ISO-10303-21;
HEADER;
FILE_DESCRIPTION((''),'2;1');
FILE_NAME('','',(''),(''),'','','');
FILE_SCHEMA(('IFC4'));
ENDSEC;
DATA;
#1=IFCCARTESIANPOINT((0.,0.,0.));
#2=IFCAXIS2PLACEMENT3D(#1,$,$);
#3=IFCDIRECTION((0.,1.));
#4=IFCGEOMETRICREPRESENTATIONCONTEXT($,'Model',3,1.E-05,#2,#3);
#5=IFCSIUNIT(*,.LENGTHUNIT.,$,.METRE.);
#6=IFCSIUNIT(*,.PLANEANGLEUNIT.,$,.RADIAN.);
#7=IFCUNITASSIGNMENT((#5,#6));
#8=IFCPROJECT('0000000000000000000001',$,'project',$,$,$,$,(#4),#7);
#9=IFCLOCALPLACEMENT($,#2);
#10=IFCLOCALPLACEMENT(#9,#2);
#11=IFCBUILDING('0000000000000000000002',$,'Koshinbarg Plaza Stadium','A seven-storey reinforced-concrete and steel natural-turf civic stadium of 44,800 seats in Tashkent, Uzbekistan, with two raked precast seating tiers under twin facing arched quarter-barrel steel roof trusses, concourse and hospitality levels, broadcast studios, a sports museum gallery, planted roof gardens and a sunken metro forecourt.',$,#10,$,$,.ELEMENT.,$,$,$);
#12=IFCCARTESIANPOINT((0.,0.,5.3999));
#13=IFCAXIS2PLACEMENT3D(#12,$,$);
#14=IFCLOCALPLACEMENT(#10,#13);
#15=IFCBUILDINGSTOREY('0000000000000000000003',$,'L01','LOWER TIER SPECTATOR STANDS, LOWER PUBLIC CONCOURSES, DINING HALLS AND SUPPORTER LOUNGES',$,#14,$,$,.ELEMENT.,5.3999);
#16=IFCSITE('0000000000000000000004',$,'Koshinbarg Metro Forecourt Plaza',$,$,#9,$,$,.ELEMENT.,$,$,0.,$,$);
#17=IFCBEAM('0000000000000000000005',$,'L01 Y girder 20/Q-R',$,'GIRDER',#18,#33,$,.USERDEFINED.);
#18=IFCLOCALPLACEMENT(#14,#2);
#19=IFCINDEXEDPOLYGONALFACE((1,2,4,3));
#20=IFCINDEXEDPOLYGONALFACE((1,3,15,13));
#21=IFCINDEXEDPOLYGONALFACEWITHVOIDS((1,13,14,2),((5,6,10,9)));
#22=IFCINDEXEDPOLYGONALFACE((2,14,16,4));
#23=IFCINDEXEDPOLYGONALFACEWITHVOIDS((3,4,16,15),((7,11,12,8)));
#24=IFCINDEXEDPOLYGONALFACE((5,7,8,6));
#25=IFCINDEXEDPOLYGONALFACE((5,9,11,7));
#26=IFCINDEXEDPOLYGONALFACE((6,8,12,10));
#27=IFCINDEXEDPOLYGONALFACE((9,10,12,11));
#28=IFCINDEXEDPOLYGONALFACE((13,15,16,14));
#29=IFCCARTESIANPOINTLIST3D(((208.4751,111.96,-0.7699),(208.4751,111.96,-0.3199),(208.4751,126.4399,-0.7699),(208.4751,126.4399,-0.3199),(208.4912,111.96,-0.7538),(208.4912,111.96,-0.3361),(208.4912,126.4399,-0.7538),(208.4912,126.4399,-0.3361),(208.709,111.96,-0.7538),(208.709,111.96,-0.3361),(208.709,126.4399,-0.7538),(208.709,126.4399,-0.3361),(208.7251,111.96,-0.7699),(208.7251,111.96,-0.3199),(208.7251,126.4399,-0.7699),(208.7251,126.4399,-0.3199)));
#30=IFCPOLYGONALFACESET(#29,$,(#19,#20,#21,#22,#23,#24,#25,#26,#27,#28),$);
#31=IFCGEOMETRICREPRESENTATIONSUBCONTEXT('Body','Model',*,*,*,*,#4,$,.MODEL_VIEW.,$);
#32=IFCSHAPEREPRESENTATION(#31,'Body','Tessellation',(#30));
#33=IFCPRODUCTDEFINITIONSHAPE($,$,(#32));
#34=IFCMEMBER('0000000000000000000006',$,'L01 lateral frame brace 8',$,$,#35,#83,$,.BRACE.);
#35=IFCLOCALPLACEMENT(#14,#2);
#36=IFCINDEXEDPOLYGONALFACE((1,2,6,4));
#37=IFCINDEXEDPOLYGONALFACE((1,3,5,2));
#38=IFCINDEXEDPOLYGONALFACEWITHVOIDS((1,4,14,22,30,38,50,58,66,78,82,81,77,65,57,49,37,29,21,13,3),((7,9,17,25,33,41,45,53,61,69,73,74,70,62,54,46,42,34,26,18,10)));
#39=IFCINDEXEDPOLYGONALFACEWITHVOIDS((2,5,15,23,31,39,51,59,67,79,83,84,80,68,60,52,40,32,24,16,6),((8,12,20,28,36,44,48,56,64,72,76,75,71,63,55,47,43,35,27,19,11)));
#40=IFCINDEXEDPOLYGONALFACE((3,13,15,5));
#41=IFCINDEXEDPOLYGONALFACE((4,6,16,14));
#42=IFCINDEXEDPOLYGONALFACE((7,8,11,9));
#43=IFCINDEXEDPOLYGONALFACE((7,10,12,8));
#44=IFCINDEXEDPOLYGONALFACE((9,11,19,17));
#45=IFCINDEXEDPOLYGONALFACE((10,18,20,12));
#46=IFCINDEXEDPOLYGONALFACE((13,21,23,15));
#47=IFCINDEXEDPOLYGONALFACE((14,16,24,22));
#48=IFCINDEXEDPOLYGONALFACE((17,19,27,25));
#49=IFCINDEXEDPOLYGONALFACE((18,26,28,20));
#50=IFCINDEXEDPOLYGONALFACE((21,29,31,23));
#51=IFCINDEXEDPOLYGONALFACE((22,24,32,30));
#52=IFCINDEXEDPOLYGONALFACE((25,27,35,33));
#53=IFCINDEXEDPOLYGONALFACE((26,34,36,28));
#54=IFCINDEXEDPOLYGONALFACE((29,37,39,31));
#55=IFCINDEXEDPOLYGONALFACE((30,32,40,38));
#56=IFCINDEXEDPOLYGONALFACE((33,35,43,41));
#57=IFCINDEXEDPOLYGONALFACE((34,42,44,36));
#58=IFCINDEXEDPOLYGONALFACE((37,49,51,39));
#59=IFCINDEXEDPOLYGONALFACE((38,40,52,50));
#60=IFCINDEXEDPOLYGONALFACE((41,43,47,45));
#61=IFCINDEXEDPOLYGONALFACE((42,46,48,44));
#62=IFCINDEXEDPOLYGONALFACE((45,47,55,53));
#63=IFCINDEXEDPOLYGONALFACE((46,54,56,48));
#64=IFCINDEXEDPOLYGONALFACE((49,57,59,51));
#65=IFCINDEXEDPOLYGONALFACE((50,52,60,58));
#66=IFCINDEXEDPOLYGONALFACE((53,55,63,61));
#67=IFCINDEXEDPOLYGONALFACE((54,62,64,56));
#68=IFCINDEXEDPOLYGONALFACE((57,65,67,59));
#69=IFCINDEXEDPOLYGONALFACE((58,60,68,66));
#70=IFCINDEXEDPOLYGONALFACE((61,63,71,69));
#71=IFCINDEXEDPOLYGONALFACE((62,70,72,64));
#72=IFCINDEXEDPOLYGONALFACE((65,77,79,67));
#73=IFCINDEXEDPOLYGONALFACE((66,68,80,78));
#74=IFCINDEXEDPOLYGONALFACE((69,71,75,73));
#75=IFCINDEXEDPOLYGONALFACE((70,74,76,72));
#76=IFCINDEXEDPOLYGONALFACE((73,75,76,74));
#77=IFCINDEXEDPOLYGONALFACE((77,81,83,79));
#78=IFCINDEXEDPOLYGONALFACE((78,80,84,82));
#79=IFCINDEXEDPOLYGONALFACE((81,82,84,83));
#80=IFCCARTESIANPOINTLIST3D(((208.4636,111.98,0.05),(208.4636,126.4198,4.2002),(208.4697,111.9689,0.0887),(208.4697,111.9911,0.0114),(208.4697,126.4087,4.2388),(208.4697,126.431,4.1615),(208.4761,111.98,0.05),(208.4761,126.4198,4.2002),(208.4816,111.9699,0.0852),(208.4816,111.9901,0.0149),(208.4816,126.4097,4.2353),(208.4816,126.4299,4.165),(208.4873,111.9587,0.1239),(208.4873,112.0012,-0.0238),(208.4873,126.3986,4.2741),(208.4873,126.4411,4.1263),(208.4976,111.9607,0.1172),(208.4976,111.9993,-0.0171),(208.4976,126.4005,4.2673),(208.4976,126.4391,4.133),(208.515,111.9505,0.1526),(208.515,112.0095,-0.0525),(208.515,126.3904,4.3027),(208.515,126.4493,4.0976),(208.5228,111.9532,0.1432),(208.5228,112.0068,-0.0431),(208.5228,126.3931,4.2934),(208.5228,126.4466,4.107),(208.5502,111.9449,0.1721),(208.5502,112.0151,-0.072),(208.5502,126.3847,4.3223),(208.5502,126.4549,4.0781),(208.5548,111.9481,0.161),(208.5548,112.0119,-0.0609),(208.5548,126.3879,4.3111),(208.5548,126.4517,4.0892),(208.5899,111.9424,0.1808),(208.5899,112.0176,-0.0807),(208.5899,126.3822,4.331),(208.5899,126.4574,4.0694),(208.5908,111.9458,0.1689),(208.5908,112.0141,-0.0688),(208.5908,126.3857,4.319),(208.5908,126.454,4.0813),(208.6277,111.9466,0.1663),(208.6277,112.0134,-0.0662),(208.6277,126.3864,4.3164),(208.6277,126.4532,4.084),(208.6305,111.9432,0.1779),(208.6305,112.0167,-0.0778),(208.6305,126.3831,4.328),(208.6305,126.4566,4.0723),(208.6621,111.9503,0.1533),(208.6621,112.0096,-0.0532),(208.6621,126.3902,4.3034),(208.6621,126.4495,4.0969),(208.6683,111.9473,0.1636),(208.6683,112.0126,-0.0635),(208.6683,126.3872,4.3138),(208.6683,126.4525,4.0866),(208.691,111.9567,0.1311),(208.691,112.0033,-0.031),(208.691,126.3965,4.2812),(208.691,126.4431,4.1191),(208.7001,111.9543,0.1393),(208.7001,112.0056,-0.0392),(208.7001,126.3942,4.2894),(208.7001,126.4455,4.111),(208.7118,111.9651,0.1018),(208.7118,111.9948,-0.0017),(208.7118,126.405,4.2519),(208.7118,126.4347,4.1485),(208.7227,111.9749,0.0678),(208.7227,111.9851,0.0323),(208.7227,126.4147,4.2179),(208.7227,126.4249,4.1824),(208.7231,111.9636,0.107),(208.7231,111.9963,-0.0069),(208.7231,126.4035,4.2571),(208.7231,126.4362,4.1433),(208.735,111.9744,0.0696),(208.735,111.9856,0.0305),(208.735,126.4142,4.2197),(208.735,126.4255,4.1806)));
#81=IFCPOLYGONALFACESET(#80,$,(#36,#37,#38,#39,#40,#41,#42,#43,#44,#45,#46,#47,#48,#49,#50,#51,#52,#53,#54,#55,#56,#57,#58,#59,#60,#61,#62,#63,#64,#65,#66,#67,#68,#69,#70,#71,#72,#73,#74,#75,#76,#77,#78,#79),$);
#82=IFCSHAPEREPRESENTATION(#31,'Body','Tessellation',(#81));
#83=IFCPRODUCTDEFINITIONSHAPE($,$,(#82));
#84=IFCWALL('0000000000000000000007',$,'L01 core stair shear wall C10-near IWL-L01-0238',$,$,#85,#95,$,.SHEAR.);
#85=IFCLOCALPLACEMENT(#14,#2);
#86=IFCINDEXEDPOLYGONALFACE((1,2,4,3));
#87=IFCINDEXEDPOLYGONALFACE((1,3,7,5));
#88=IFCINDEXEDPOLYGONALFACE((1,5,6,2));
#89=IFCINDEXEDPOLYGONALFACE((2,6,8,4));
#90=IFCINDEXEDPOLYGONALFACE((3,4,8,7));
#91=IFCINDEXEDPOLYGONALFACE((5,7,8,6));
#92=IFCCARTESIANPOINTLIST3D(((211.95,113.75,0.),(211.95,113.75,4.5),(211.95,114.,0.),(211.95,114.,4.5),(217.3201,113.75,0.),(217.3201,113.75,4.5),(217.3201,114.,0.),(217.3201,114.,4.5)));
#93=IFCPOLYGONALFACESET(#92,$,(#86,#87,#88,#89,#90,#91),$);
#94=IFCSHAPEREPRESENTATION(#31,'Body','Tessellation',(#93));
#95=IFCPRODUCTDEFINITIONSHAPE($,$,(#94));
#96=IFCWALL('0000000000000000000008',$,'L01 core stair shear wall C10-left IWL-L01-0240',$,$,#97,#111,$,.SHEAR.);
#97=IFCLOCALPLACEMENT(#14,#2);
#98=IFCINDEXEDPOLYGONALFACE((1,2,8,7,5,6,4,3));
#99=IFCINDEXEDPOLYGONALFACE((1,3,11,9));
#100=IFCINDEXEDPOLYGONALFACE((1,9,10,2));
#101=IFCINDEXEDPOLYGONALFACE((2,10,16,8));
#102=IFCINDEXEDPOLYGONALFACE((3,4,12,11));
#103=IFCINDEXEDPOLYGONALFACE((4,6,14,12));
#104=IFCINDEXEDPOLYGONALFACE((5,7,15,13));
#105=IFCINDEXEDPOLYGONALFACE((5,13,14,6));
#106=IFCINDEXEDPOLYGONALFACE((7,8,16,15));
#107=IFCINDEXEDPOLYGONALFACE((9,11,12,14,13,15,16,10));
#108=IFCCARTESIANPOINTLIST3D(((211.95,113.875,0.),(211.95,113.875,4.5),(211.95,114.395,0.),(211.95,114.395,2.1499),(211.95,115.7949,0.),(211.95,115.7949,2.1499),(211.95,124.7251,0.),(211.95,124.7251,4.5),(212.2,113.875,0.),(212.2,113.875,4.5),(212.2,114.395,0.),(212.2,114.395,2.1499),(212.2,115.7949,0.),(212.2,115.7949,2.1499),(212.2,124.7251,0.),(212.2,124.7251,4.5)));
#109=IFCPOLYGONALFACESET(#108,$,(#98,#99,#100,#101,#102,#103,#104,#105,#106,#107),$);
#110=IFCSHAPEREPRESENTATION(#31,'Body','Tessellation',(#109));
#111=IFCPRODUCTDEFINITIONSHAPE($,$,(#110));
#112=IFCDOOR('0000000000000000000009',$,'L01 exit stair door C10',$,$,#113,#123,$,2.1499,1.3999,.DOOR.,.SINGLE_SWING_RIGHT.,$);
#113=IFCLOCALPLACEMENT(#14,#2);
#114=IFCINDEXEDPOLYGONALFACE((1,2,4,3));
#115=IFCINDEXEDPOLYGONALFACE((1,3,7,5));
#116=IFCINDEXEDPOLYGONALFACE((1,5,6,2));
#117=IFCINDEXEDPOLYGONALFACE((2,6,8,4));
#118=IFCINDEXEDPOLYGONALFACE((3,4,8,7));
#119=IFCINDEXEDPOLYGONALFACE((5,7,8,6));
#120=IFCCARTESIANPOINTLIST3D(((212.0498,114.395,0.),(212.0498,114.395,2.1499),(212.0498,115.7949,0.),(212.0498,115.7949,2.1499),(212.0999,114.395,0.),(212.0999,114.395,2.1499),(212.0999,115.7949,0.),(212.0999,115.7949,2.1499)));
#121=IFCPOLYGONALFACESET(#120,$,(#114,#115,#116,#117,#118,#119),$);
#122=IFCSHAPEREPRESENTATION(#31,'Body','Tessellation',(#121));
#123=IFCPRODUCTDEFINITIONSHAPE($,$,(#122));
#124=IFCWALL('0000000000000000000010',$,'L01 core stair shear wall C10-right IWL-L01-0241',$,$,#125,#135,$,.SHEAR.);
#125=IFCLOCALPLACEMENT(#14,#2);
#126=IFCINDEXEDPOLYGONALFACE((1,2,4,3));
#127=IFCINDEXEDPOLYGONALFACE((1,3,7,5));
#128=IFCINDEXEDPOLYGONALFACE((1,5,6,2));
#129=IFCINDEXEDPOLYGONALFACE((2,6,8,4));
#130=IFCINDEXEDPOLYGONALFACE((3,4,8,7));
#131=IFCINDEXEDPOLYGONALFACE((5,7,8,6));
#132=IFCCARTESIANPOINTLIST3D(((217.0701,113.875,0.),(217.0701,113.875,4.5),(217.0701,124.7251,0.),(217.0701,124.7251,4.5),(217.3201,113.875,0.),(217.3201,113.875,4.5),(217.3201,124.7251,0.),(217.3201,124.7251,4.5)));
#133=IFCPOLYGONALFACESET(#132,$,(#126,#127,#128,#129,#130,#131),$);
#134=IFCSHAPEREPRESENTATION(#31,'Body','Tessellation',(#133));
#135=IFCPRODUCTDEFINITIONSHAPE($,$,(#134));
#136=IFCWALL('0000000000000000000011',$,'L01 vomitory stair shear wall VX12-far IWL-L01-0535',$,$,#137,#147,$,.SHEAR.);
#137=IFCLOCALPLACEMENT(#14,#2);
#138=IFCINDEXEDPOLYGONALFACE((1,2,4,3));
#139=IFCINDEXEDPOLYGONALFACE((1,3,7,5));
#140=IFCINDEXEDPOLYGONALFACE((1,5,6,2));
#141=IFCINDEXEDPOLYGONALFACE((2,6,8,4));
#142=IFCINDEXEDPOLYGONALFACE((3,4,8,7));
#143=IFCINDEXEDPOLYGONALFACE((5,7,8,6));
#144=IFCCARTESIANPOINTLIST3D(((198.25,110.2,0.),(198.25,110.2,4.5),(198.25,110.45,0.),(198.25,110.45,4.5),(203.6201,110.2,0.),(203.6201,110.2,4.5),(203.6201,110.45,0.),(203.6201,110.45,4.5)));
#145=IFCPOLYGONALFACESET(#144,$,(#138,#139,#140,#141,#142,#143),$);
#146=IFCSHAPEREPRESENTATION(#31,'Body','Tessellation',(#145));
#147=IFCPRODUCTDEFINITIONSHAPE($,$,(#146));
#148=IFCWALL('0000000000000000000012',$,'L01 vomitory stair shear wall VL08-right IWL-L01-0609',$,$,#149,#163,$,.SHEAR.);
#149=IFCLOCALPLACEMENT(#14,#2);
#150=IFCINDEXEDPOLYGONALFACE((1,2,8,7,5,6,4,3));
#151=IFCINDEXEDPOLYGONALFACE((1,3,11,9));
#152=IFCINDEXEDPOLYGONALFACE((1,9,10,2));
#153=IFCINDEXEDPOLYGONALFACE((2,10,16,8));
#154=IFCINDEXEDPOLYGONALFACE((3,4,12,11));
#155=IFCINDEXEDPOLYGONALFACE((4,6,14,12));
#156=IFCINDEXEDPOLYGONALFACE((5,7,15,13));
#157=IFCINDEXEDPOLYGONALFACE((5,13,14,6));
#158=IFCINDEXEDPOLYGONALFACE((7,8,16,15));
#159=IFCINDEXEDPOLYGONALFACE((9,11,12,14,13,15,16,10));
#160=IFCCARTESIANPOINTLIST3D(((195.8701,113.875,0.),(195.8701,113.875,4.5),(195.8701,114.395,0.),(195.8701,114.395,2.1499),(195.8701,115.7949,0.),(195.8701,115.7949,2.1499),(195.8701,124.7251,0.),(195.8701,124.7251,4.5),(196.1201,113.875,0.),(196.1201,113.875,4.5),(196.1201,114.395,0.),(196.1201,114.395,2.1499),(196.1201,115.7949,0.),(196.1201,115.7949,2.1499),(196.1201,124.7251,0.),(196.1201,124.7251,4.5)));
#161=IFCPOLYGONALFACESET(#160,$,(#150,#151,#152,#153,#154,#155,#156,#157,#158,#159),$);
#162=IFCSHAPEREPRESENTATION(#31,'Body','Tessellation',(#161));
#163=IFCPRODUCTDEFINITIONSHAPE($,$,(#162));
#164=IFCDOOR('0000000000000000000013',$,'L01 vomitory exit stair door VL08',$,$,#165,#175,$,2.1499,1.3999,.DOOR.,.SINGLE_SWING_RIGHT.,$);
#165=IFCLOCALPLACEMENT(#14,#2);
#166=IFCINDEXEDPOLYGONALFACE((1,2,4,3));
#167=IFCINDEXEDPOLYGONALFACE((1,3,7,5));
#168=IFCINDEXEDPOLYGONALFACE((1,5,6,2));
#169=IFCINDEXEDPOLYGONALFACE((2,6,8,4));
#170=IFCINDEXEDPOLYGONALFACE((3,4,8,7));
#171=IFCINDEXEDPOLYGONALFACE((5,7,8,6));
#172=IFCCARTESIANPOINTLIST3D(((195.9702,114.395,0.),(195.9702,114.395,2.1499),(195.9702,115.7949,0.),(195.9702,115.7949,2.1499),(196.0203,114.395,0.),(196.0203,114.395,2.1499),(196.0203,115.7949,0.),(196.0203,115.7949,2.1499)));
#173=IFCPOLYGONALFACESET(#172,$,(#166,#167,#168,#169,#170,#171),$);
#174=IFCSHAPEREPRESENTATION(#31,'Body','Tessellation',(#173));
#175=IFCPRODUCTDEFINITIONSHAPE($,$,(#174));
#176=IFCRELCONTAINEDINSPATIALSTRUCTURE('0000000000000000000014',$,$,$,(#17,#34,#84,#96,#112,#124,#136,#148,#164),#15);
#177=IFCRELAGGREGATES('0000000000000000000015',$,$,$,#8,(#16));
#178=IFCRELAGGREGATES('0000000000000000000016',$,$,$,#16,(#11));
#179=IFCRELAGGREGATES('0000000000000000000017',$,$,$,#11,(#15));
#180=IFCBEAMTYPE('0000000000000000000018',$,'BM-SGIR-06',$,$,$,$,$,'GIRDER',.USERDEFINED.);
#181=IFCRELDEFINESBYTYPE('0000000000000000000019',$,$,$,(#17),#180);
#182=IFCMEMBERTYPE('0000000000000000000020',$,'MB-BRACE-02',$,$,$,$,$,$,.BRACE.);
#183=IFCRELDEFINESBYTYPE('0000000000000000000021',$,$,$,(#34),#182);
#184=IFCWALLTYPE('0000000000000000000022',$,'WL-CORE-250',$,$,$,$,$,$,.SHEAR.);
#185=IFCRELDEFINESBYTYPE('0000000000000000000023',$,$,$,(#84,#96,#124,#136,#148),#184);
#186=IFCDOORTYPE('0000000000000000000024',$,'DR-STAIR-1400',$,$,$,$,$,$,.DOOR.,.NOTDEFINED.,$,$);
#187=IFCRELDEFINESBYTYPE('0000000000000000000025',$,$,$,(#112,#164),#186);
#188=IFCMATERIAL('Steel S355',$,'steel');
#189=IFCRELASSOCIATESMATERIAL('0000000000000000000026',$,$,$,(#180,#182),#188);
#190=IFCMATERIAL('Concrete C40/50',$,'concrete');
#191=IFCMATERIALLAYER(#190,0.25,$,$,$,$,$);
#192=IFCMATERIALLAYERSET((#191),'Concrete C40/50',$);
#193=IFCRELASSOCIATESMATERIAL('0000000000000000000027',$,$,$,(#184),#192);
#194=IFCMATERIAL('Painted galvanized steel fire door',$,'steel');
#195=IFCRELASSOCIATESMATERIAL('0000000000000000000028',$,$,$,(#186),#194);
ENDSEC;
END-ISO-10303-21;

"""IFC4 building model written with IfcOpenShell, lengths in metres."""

from ifc_helpers import new_model, si_unit, direction, frame, frame_2d, origin, origin_2d, place, context, subcontext, project, spatial, rectangle, hollow_rectangle, hollow_circle, extrude, material, layer, layer_set, material_profile, profile_set, type_object, element, fill, save


model = new_model("IFC4")

# Units and contexts
model_context = context("Model", 3, precision=1e-05, world=origin(), true_north=direction((0.0, 1.0)))
body_context = subcontext(model_context, "Body", "Model", "MODEL_VIEW")
ifc_project = project(units=[si_unit("LENGTHUNIT", "METRE"), si_unit("PLANEANGLEUNIT", "RADIAN")], contexts=[model_context])

# Site, building, storey
site_placement = place(None, origin())
site = spatial("IfcSite", under=ifc_project, at=site_placement, Name="Koshinbarg Metro Forecourt Plaza", CompositionType="ELEMENT", RefElevation=0.0)
building_placement = place(site_placement, origin())
building = spatial("IfcBuilding", under=site, at=building_placement, Name="Koshinbarg Plaza Stadium", Description="A seven-storey reinforced-concrete and steel natural-turf civic stadium of 44,800 seats in Tashkent, Uzbekistan, with two raked precast seating tiers under twin facing arched quarter-barrel steel roof trusses, concourse and hospitality levels, broadcast studios, a sports museum gallery, planted roof gardens and a sunken metro forecourt.", CompositionType="ELEMENT")
storey_placement = place(building_placement, frame((0.0, 0.0, 5.3999)))
storey = spatial("IfcBuildingStorey", under=building, at=storey_placement, Name="L01", Description="LOWER TIER SPECTATOR STANDS, LOWER PUBLIC CONCOURSES, DINING HALLS AND SUPPORTER LOUNGES", CompositionType="ELEMENT", Elevation=5.3999)

# Shared definitions
ifc_material_1 = material(Name="Concrete C40/50", Category="concrete")

# Beam
ifc_material_2 = material(Name="Steel S355", Category="steel")
ifc_material_profile_1 = material_profile(ifc_material_2, hollow_rectangle(XDim=0.25, YDim=0.45, WallThickness=0.0161, at=origin_2d()), Name="RHS 450x250x16")
ifc_profile_set_1 = profile_set([ifc_material_profile_1], Name="Steel S355")
beam_type_1 = type_object("IfcBeamType", Name="BM-SGIR-06", ElementType="GIRDER", PredefinedType="USERDEFINED", material=ifc_profile_set_1)
beam_1_placement = place(storey_placement, frame((208.6001, 111.96, -0.5449), z_axis=(0.0, 1.0, 0.0), x_axis=(-1.0, 0.0, 0.0)))
element("IfcBeam", 1, at=beam_1_placement, inside=storey, type_object=beam_type_1, Name="L01 Y girder 20/Q-R", ObjectType="GIRDER", PredefinedType="USERDEFINED", context=body_context, shape_type="SweptSolid", body=[
    extrude(hollow_rectangle(XDim=0.25, YDim=0.45, WallThickness=0.0161, at=origin_2d()), origin(), (0.0, 0.0, 1.0), 14.48),
])

# Member
ifc_material_profile_2 = material_profile(ifc_material_2, hollow_circle(Radius=0.1365, WallThickness=0.0125, at=origin_2d()), Name="CHS 273x12.5")
ifc_profile_set_2 = profile_set([ifc_material_profile_2], Name="Steel S355")
member_type = type_object("IfcMemberType", Name="MB-BRACE-02", PredefinedType="BRACE", material=ifc_profile_set_2)
member_placement = place(storey_placement, frame((208.6001, 111.98, 0.05), z_axis=(0.0, 0.961093, 0.276225), x_axis=(-1.0, 0.0, 0.0)))
element("IfcMember", 2, at=member_placement, inside=storey, type_object=member_type, Name="L01 lateral frame brace 8", PredefinedType="BRACE", context=body_context, shape_type="SweptSolid", body=[
    extrude(hollow_circle(Radius=0.1365, WallThickness=0.0125, at=origin_2d()), origin(), (0.0, 0.0, 1.0), 15.0244),
])

# Wall
ifc_layer_1 = layer(ifc_material_1, 0.25)
ifc_layer_set_1 = layer_set([ifc_layer_1], Name="Concrete C40/50")
wall_type_1 = type_object("IfcWallType", Name="WL-CORE-250", PredefinedType="SHEAR", material=ifc_layer_set_1)
wall_1_placement = place(storey_placement, frame((211.95, 113.875, 0.0), z_axis=(0.0, 0.0, 1.0), x_axis=(1.0, 0.0, 0.0)))
element("IfcWall", 3, at=wall_1_placement, inside=storey, type_object=wall_type_1, Name="L01 core stair shear wall C10-near IWL-L01-0238", PredefinedType="SHEAR", context=body_context, shape_type="SweptSolid", body=[
    extrude(rectangle(XDim=5.3701, YDim=0.25, at=frame_2d((2.6851, 0.0))), origin(), (0.0, 0.0, 1.0), 4.5),
])

# Wall, opening, door
wall_2_placement = place(storey_placement, frame((212.075, 113.875, 0.0), z_axis=(0.0, 0.0, 1.0), x_axis=(0.0, 1.0, 0.0)))
wall_2 = element("IfcWall", 4, at=wall_2_placement, inside=storey, type_object=wall_type_1, Name="L01 core stair shear wall C10-left IWL-L01-0240", PredefinedType="SHEAR", context=body_context, shape_type="SweptSolid", body=[
    extrude(rectangle(XDim=10.8501, YDim=0.25, at=frame_2d((5.425, 0.0))), origin(), (0.0, 0.0, 1.0), 4.5),
])
opening_1_placement = place(wall_2_placement, frame((0.52, 0.0, 0.0)))
opening_1 = element("IfcOpeningElement", 5, at=opening_1_placement, cuts=wall_2, PredefinedType="OPENING", context=body_context, shape_type="SweptSolid", body=[
    extrude(rectangle(XDim=1.3999, YDim=2.1499, at=frame_2d((0.7, 1.075))), frame((0.0, 0.135, 0.0), z_axis=(0.0, -1.0, 0.0), x_axis=(1.0, 0.0, 0.0)), (0.0, 0.0, 1.0), 0.27),
])
ifc_material_3 = material(Name="Painted galvanized steel fire door", Category="steel")
door_type_1 = type_object("IfcDoorType", Name="DR-STAIR-1400", OperationType="NOTDEFINED", PredefinedType="DOOR", material=ifc_material_3)
door_1_placement = place(opening_1_placement, frame((1.3999, 0.0, 0.0), z_axis=(0.0, 0.0, 1.0), x_axis=(-1.0, 0.0, 0.0)))
door_1 = element("IfcDoor", 6, at=door_1_placement, inside=storey, type_object=door_type_1, Name="L01 exit stair door C10", OperationType="SINGLE_SWING_RIGHT", OverallHeight=2.1499, OverallWidth=1.3999, PredefinedType="DOOR", context=body_context, shape_type="SweptSolid", body=[
    extrude(rectangle(XDim=1.3999, YDim=2.1499, at=frame_2d((0.7, 1.075))), frame((0.0, 0.0249, 0.0), z_axis=(0.0, -1.0, 0.0), x_axis=(1.0, 0.0, 0.0)), (0.0, 0.0, 1.0), 0.05),
])
fill(opening_1, door_1)

# Walls
wall_3_placement = place(storey_placement, frame((217.1951, 113.875, 0.0), z_axis=(0.0, 0.0, 1.0), x_axis=(0.0, 1.0, 0.0)))
element("IfcWall", 7, at=wall_3_placement, inside=storey, type_object=wall_type_1, Name="L01 core stair shear wall C10-right IWL-L01-0241", PredefinedType="SHEAR", context=body_context, shape_type="SweptSolid", body=[
    extrude(rectangle(XDim=10.8501, YDim=0.25, at=frame_2d((5.425, 0.0))), origin(), (0.0, 0.0, 1.0), 4.5),
])
wall_4_placement = place(storey_placement, frame((203.6201, 110.325, 0.0), z_axis=(0.0, 0.0, 1.0), x_axis=(-1.0, 0.0, 0.0)))
element("IfcWall", 8, at=wall_4_placement, inside=storey, type_object=wall_type_1, Name="L01 vomitory stair shear wall VX12-far IWL-L01-0535", PredefinedType="SHEAR", context=body_context, shape_type="SweptSolid", body=[
    extrude(rectangle(XDim=5.3701, YDim=0.25, at=frame_2d((2.6851, 0.0))), origin(), (0.0, 0.0, 1.0), 4.5),
])

# Wall, opening, door
wall_5_placement = place(storey_placement, frame((195.9951, 113.875, 0.0), z_axis=(0.0, 0.0, 1.0), x_axis=(0.0, 1.0, 0.0)))
wall_5 = element("IfcWall", 9, at=wall_5_placement, inside=storey, type_object=wall_type_1, Name="L01 vomitory stair shear wall VL08-right IWL-L01-0609", PredefinedType="SHEAR", context=body_context, shape_type="SweptSolid", body=[
    extrude(rectangle(XDim=10.8501, YDim=0.25, at=frame_2d((5.425, 0.0))), origin(), (0.0, 0.0, 1.0), 4.5),
])
opening_2_placement = place(wall_5_placement, frame((0.52, 0.0, 0.0)))
opening_2 = element("IfcOpeningElement", 10, at=opening_2_placement, cuts=wall_5, PredefinedType="OPENING", context=body_context, shape_type="SweptSolid", body=[
    extrude(rectangle(XDim=1.3999, YDim=2.1499, at=frame_2d((0.7, 1.075))), frame((0.0, 0.135, 0.0), z_axis=(0.0, -1.0, 0.0), x_axis=(1.0, 0.0, 0.0)), (0.0, 0.0, 1.0), 0.27),
])
door_2_placement = place(opening_2_placement, origin())
door_2 = element("IfcDoor", 11, at=door_2_placement, inside=storey, type_object=door_type_1, Name="L01 vomitory exit stair door VL08", OperationType="SINGLE_SWING_RIGHT", OverallHeight=2.1499, OverallWidth=1.3999, PredefinedType="DOOR", context=body_context, shape_type="SweptSolid", body=[
    extrude(rectangle(XDim=1.3999, YDim=2.1499, at=frame_2d((0.7, 1.075))), frame((0.0, 0.0249, 0.0), z_axis=(0.0, -1.0, 0.0), x_axis=(1.0, 0.0, 0.0)), (0.0, 0.0, 1.0), 0.05),
])
fill(opening_2, door_2)

save(model, "model.ifc")
